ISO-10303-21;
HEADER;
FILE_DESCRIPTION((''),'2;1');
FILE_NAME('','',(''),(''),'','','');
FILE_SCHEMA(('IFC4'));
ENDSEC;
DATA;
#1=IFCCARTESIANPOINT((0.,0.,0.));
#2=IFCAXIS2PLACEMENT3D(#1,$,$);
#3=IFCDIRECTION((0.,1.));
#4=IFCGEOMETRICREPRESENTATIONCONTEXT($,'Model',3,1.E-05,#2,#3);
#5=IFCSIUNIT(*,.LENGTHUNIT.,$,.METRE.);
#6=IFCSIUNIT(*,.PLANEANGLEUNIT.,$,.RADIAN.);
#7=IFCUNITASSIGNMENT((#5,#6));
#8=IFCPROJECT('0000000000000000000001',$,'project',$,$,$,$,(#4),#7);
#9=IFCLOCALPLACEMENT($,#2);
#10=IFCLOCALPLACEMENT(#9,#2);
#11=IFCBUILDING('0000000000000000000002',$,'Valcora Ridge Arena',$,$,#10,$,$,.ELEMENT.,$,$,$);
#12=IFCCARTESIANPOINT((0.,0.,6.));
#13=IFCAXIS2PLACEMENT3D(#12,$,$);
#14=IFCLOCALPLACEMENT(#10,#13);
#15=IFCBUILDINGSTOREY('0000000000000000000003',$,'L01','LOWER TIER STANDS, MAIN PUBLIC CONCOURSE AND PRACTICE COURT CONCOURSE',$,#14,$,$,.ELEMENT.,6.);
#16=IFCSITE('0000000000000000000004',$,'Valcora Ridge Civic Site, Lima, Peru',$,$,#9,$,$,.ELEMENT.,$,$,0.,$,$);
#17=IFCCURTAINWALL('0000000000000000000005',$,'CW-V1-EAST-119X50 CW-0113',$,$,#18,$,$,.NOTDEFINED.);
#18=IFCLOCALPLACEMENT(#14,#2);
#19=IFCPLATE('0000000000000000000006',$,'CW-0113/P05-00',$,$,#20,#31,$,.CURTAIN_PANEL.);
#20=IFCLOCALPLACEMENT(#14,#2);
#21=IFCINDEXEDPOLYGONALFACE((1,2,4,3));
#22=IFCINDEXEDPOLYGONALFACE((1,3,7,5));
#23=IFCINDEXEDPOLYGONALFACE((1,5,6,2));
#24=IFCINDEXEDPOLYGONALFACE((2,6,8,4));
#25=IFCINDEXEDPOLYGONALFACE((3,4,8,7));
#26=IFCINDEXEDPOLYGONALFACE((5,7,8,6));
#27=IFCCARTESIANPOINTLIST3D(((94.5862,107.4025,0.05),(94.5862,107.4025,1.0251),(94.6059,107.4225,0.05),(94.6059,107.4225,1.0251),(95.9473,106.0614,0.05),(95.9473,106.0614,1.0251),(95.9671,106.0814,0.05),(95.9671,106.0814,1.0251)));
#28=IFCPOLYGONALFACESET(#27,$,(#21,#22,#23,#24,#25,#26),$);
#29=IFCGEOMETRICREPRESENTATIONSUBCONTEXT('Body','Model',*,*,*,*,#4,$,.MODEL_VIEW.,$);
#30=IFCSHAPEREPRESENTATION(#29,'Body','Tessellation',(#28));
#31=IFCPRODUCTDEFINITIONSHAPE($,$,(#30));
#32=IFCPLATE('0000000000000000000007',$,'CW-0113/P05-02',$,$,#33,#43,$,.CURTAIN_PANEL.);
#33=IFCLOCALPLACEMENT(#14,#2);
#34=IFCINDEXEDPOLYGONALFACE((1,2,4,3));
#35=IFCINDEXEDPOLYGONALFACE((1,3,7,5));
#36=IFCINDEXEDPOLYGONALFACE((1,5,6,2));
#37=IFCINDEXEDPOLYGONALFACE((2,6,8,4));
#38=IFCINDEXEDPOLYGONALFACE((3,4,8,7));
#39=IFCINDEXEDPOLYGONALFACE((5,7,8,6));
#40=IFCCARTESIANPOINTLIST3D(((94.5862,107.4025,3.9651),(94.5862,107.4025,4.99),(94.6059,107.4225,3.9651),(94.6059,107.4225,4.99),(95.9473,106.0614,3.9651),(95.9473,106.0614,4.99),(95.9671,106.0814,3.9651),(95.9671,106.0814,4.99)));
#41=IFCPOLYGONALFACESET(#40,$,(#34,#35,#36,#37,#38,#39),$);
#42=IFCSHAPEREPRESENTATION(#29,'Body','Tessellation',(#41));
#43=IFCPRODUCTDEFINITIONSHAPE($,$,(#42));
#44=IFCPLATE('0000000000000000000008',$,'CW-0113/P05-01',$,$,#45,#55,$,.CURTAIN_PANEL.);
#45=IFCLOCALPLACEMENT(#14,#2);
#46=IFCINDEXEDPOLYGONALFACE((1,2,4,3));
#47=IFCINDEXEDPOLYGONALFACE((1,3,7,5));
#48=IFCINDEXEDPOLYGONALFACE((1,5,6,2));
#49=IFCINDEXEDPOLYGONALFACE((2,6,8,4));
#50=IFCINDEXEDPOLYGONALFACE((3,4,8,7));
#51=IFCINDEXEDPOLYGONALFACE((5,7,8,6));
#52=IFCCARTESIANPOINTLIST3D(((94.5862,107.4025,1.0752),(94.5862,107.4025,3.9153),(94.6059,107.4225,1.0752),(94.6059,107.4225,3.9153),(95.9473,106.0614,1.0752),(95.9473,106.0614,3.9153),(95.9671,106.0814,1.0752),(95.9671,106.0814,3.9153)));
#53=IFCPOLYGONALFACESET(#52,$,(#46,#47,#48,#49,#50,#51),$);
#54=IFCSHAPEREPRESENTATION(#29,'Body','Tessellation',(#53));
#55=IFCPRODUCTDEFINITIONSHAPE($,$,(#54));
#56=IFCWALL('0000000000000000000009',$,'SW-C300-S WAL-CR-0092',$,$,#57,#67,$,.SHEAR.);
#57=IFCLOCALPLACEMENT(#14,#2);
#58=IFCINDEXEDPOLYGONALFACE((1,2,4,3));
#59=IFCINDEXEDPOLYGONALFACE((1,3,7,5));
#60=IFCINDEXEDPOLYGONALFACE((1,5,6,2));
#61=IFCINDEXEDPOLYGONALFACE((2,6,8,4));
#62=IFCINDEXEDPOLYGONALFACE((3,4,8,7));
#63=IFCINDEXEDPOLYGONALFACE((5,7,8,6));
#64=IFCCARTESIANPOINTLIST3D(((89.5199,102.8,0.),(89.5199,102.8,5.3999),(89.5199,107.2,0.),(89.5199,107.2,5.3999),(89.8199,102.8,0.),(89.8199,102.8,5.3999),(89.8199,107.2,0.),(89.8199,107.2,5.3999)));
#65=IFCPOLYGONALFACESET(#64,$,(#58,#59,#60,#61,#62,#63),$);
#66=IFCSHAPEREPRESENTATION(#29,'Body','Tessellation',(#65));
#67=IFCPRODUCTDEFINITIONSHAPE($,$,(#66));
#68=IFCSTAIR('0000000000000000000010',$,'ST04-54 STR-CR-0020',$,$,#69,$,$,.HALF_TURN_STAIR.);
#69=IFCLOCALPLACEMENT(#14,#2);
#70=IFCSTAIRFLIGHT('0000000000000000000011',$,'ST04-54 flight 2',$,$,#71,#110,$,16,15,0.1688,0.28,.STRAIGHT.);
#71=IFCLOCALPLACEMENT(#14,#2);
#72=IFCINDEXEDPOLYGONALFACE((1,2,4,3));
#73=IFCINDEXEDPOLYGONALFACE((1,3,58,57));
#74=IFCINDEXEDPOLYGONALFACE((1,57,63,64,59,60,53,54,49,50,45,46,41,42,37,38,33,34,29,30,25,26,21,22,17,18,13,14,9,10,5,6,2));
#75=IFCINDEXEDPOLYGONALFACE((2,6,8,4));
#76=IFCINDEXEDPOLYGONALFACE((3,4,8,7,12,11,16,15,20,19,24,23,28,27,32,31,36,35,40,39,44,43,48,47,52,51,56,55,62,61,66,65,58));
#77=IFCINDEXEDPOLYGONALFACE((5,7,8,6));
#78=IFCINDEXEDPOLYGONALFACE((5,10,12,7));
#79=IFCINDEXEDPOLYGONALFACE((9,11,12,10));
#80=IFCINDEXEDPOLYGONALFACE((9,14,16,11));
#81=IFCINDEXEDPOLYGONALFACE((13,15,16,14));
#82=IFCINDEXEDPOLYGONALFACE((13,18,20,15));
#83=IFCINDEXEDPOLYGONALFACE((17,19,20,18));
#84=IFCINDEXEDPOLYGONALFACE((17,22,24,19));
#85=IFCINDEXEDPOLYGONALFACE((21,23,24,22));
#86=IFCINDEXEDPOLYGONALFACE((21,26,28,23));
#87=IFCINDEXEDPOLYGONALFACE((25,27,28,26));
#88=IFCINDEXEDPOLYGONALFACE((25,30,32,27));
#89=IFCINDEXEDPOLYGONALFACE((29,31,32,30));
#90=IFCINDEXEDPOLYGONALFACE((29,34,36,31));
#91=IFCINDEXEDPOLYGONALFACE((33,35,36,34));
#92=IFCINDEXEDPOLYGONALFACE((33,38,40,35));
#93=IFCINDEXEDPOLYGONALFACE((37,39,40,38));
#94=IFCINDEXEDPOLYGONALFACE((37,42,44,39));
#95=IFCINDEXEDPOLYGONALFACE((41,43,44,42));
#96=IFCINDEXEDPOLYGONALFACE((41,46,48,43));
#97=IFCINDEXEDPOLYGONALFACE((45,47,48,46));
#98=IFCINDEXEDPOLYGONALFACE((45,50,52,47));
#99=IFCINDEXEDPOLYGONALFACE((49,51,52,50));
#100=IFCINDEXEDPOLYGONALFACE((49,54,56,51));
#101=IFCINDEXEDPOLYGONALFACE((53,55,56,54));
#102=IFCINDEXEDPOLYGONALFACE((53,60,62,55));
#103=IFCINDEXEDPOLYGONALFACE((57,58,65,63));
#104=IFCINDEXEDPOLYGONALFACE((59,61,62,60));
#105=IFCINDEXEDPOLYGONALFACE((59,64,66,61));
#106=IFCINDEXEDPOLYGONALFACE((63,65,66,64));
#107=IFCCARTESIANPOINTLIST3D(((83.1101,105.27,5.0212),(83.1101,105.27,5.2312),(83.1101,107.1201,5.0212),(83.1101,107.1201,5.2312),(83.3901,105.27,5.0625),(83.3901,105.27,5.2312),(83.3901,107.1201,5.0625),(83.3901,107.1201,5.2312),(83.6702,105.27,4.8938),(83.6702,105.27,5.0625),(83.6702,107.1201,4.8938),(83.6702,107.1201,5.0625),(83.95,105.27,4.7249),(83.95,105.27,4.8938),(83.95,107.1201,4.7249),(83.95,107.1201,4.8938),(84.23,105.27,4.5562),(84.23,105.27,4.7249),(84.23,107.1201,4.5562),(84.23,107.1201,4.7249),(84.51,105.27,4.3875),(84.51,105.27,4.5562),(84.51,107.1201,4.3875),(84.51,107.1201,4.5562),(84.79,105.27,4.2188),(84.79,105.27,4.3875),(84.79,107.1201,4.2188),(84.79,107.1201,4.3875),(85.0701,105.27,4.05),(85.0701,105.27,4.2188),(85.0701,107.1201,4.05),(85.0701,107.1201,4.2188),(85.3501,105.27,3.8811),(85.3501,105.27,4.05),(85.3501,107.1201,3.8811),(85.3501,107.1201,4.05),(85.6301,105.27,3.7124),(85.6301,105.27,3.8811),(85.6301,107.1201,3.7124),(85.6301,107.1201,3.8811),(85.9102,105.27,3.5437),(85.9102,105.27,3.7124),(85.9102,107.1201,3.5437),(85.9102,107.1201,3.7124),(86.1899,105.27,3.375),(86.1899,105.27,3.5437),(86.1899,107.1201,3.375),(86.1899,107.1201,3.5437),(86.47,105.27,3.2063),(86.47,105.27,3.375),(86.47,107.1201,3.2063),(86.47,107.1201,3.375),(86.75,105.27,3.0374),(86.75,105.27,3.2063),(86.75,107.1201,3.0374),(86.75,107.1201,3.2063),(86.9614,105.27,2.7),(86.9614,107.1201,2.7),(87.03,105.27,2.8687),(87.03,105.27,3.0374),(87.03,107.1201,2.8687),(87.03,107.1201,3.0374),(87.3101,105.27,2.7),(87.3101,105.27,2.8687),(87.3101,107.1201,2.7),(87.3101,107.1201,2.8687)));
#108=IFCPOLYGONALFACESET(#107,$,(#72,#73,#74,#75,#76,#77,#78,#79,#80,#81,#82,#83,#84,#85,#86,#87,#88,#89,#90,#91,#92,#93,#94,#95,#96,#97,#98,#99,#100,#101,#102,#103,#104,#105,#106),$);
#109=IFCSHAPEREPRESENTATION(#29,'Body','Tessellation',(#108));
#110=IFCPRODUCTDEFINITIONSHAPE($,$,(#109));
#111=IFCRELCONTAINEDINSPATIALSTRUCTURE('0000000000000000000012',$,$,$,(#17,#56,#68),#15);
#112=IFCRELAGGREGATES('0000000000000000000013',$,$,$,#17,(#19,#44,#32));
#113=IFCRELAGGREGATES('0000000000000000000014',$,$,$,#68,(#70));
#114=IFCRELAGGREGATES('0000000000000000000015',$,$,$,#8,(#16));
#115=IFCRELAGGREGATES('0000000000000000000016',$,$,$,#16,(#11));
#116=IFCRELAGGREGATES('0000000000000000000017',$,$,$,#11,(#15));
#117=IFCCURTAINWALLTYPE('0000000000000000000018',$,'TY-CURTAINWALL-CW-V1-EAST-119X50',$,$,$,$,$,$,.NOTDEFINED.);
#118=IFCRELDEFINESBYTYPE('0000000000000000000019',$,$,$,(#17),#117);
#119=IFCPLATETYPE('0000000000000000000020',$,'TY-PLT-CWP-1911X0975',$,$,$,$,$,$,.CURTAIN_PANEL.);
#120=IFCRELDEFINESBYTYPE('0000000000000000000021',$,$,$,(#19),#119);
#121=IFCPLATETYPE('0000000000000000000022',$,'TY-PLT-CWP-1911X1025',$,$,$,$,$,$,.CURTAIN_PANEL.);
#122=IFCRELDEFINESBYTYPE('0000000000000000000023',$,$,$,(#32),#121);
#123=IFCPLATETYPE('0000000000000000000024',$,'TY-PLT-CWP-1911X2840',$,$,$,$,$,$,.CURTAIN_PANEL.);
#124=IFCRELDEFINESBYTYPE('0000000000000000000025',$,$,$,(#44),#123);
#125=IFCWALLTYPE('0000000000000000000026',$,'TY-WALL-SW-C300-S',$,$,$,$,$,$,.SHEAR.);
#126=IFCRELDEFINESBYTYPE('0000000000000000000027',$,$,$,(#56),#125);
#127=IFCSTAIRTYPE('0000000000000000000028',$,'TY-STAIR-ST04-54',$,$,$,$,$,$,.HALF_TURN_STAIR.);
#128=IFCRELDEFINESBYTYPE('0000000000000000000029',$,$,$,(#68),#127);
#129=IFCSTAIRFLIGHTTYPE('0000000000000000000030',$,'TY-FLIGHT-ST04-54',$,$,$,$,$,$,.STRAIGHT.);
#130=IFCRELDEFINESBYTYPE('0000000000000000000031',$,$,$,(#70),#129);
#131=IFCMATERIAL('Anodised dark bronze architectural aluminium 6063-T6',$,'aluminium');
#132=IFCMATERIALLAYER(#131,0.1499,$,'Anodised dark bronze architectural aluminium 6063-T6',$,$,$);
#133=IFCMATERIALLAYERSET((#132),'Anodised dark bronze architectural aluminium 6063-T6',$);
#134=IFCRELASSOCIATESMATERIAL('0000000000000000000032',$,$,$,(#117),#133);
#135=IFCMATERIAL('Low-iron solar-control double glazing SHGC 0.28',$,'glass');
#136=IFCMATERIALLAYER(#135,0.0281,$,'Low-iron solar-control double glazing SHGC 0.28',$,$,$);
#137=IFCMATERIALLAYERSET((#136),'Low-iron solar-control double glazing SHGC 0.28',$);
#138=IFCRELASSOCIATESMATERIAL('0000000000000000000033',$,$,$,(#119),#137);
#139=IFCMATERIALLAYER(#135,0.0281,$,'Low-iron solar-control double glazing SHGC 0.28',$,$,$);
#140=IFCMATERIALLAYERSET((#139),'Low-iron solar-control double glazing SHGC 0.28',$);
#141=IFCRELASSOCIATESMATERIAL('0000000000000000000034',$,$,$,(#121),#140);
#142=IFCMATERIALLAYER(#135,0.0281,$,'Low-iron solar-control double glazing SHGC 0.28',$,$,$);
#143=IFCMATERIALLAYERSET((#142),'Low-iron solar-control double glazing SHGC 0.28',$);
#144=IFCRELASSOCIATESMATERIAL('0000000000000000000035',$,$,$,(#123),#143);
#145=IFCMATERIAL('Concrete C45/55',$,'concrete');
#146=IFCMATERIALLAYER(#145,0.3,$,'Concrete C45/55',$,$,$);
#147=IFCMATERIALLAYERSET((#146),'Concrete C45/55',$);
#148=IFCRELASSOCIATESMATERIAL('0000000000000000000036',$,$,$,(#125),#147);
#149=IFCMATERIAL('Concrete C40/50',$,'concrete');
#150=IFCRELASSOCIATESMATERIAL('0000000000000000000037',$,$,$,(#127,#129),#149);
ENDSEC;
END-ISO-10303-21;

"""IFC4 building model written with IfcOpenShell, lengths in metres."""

from ifc_helpers import new_model, si_unit, direction, frame, frame_2d, origin, origin_2d, place, context, subcontext, project, spatial, polyline, rectangle, outline, extrude, material, layer, layer_set, type_object, element, aggregate, save


model = new_model("IFC4")

# Units and contexts
model_context = context("Model", 3, precision=1e-05, world=origin(), true_north=direction((0.0, 1.0)))
body_context = subcontext(model_context, "Body", "Model", "MODEL_VIEW")
ifc_project = project(units=[si_unit("LENGTHUNIT", "METRE"), si_unit("PLANEANGLEUNIT", "RADIAN")], contexts=[model_context])

# Site, building, storey
site_placement = place(None, origin())
site = spatial("IfcSite", under=ifc_project, at=site_placement, Name="Valcora Ridge Civic Site, Lima, Peru", CompositionType="ELEMENT", RefElevation=0.0)
building_placement = place(site_placement, origin())
building = spatial("IfcBuilding", under=site, at=building_placement, Name="Valcora Ridge Arena", CompositionType="ELEMENT")
storey_placement = place(building_placement, frame((0.0, 0.0, 6.0)))
storey = spatial("IfcBuildingStorey", under=building, at=storey_placement, Name="L01", Description="LOWER TIER STANDS, MAIN PUBLIC CONCOURSE AND PRACTICE COURT CONCOURSE", CompositionType="ELEMENT", Elevation=6.0)

# Shared definitions
ifc_material_1 = material(Name="Concrete C40/50", Category="concrete")

# Shared definitions
ifc_material_2 = material(Name="Concrete C45/55", Category="concrete")

# Curtain wall, plates
ifc_material_3 = material(Name="Anodised dark bronze architectural aluminium 6063-T6", Category="aluminium")
ifc_layer_1 = layer(ifc_material_3, 0.1499, Name="Anodised dark bronze architectural aluminium 6063-T6")
ifc_layer_set_1 = layer_set([ifc_layer_1], Name="Anodised dark bronze architectural aluminium 6063-T6")
curtain_wall_type = type_object("IfcCurtainWallType", Name="TY-CURTAINWALL-CW-V1-EAST-119X50", PredefinedType="NOTDEFINED", material=ifc_layer_set_1)
curtain_wall_placement = place(storey_placement, origin())
curtain_wall = element("IfcCurtainWall", 1, at=curtain_wall_placement, inside=storey, type_object=curtain_wall_type, Name="CW-V1-EAST-119X50 CW-0113", PredefinedType="NOTDEFINED")
ifc_material_4 = material(Name="Low-iron solar-control double glazing SHGC 0.28", Category="glass")
ifc_layer_2 = layer(ifc_material_4, 0.0281, Name="Low-iron solar-control double glazing SHGC 0.28")
ifc_layer_set_2 = layer_set([ifc_layer_2], Name="Low-iron solar-control double glazing SHGC 0.28")
plate_type_1 = type_object("IfcPlateType", Name="TY-PLT-CWP-1911X0975", PredefinedType="CURTAIN_PANEL", material=ifc_layer_set_2)
plate_1_placement = place(storey_placement, frame((95.2766, 106.7419, 0.05), z_axis=(0.0, 0.0, 1.0), x_axis=(-0.712327, 0.701847, 0.0)))
plate_1 = element("IfcPlate", 2, at=plate_1_placement, type_object=plate_type_1, Name="CW-0113/P05-00", PredefinedType="CURTAIN_PANEL", context=body_context, shape_type="SweptSolid", body=[
    extrude(rectangle(XDim=1.9109, YDim=0.0281, at=origin_2d()), origin(), (0.0, 0.0, 1.0), 0.9751),
])
ifc_layer_3 = layer(ifc_material_4, 0.0281, Name="Low-iron solar-control double glazing SHGC 0.28")
ifc_layer_set_3 = layer_set([ifc_layer_3], Name="Low-iron solar-control double glazing SHGC 0.28")
plate_type_2 = type_object("IfcPlateType", Name="TY-PLT-CWP-1911X1025", PredefinedType="CURTAIN_PANEL", material=ifc_layer_set_3)
plate_2_placement = place(storey_placement, frame((95.2766, 106.7419, 3.9651), z_axis=(0.0, 0.0, 1.0), x_axis=(-0.712327, 0.701847, 0.0)))
plate_2 = element("IfcPlate", 3, at=plate_2_placement, type_object=plate_type_2, Name="CW-0113/P05-02", PredefinedType="CURTAIN_PANEL", context=body_context, shape_type="SweptSolid", body=[
    extrude(rectangle(XDim=1.9109, YDim=0.0281, at=origin_2d()), origin(), (0.0, 0.0, 1.0), 1.0249),
])
ifc_layer_4 = layer(ifc_material_4, 0.0281, Name="Low-iron solar-control double glazing SHGC 0.28")
ifc_layer_set_4 = layer_set([ifc_layer_4], Name="Low-iron solar-control double glazing SHGC 0.28")
plate_type_3 = type_object("IfcPlateType", Name="TY-PLT-CWP-1911X2840", PredefinedType="CURTAIN_PANEL", material=ifc_layer_set_4)
plate_3_placement = place(storey_placement, frame((95.2766, 106.7419, 1.0752), z_axis=(0.0, 0.0, 1.0), x_axis=(-0.712327, 0.701847, 0.0)))
plate_3 = element("IfcPlate", 4, at=plate_3_placement, type_object=plate_type_3, Name="CW-0113/P05-01", PredefinedType="CURTAIN_PANEL", context=body_context, shape_type="SweptSolid", body=[
    extrude(rectangle(XDim=1.9109, YDim=0.0281, at=origin_2d()), origin(), (0.0, 0.0, 1.0), 2.8401),
])
aggregate(curtain_wall, [plate_1, plate_3, plate_2])

# Wall
ifc_layer_5 = layer(ifc_material_2, 0.3, Name="Concrete C45/55")
ifc_layer_set_5 = layer_set([ifc_layer_5], Name="Concrete C45/55")
wall_type = type_object("IfcWallType", Name="TY-WALL-SW-C300-S", PredefinedType="SHEAR", material=ifc_layer_set_5)
wall_placement = place(storey_placement, frame((89.6699, 102.8, 0.0), z_axis=(0.0, 0.0, 1.0), x_axis=(0.0, 1.0, 0.0)))
element("IfcWall", 5, at=wall_placement, inside=storey, type_object=wall_type, Name="SW-C300-S WAL-CR-0092", PredefinedType="SHEAR", context=body_context, shape_type="SweptSolid", body=[
    extrude(rectangle(XDim=4.3999, YDim=0.3, at=frame_2d((2.2, 0.0))), origin(), (0.0, 0.0, 1.0), 5.3999),
])

# Stair, stair flight
stair_type = type_object("IfcStairType", Name="TY-STAIR-ST04-54", PredefinedType="HALF_TURN_STAIR", material=ifc_material_1)
stair_placement = place(storey_placement, origin())
stair = element("IfcStair", 6, at=stair_placement, inside=storey, type_object=stair_type, Name="ST04-54 STR-CR-0020", PredefinedType="HALF_TURN_STAIR")
stair_flight_type = type_object("IfcStairFlightType", Name="TY-FLIGHT-ST04-54", PredefinedType="STRAIGHT", material=ifc_material_1)
stair_flight_placement = place(storey_placement, frame((87.3101, 106.1951, 2.7), z_axis=(0.0, 0.0, 1.0), x_axis=(-1.0, 0.0, 0.0)))
stair_flight = element("IfcStairFlight", 7, at=stair_flight_placement, type_object=stair_flight_type, Name="ST04-54 flight 2", NumberOfRisers=16, NumberOfTreads=15, PredefinedType="STRAIGHT", RiserHeight=0.1688, TreadLength=0.28, context=body_context, shape_type="SweptSolid", body=[
    extrude(outline(polyline([(0.0, 0.0), (0.0, 0.1687), (0.28, 0.1687), (0.28, 0.3374), (0.5601, 0.3374), (0.5601, 0.5063), (0.8401, 0.5063), (0.8401, 0.675), (1.1201, 0.675), (1.1201, 0.8438), (1.3999, 0.8438), (1.3999, 1.0125), (1.6799, 1.0125), (1.6799, 1.1812), (1.96, 1.1812), (1.96, 1.3501), (2.24, 1.3501), (2.24, 1.5188), (2.52, 1.5188), (2.52, 1.6875), (2.8, 1.6875), (2.8, 1.8562), (3.0801, 1.8562), (3.0801, 2.0249), (3.3601, 2.0249), (3.3601, 2.1938), (3.6399, 2.1938), (3.6399, 2.3625), (3.9199, 2.3625), (3.9199, 2.5312), (4.2, 2.5312), (4.2, 2.7), (4.2, 2.3213), (0.3486, 0.0), (0.0, 0.0)])), frame((0.0, 0.925, 0.0), z_axis=(0.0, -1.0, 0.0), x_axis=(1.0, 0.0, 0.0)), (0.0, 0.0, 1.0), 1.8501),
])
aggregate(stair, [stair_flight])

save(model, "model.ifc")
